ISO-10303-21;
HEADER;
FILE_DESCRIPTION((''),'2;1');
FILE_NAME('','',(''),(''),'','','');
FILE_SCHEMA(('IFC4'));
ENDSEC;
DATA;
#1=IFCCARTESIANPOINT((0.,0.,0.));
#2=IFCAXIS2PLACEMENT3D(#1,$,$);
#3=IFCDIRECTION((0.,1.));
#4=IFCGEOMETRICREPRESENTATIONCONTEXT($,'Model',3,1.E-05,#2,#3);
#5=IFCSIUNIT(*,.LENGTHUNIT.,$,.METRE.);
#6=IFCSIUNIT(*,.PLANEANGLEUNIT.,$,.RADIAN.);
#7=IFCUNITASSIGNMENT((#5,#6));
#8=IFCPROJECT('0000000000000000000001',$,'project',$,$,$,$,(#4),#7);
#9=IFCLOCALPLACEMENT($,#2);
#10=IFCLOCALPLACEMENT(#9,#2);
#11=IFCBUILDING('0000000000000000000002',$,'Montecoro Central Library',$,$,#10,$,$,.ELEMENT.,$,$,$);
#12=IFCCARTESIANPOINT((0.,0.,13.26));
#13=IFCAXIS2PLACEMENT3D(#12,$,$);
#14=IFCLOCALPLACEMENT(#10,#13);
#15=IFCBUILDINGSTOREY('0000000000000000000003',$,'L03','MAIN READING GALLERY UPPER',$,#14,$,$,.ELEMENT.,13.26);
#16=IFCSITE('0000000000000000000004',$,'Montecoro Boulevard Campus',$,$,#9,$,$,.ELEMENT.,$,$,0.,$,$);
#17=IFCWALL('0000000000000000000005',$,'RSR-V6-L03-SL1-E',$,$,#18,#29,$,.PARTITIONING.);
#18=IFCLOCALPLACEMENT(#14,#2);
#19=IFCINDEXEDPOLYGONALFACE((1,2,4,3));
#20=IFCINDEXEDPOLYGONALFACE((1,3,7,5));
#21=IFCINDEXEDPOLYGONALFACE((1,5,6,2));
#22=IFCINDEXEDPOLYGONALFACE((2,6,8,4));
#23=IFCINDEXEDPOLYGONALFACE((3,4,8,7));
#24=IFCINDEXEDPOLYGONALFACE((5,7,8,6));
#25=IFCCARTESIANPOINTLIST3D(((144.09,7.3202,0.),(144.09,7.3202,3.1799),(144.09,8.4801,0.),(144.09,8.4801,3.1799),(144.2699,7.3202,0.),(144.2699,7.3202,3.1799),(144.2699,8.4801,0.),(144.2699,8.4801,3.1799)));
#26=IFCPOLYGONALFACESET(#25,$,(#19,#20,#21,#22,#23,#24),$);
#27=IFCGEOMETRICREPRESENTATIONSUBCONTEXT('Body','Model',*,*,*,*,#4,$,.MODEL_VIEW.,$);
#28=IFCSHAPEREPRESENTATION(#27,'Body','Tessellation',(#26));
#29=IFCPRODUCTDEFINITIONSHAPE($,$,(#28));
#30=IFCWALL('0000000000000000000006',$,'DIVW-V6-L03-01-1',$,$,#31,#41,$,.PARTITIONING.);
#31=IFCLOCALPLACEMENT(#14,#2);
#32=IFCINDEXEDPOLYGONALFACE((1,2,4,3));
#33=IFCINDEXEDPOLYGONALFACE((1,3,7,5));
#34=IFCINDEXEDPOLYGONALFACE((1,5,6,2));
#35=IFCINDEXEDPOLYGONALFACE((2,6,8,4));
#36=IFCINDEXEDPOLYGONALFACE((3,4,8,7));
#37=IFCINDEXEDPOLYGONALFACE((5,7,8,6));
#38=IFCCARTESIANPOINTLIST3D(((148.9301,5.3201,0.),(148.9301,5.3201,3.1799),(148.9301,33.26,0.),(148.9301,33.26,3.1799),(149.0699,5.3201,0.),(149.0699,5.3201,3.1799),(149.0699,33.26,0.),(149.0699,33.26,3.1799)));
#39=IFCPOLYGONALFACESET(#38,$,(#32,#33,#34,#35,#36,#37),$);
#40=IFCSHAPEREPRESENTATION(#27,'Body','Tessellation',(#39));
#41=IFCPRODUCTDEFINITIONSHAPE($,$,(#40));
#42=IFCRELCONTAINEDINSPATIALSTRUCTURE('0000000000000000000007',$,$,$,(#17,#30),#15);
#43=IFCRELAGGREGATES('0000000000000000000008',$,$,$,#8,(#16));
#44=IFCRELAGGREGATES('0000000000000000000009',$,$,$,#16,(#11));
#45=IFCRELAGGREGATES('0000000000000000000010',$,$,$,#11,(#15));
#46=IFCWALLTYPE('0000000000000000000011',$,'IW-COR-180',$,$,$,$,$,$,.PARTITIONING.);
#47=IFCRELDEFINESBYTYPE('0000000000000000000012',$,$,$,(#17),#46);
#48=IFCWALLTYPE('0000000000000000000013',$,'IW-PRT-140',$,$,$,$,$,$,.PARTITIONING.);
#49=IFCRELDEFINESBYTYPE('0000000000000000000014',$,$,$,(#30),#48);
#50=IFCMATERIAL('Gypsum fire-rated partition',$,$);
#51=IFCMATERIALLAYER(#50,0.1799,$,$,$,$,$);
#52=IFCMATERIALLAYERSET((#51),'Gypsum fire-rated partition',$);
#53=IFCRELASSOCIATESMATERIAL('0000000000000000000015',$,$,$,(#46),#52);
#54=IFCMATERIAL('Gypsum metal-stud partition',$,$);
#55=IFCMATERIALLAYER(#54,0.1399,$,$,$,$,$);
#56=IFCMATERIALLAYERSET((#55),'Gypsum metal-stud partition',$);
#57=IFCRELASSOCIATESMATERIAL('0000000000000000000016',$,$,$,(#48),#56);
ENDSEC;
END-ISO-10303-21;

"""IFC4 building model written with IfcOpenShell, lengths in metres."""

from ifc_helpers import new_model, si_unit, direction, frame, frame_2d, origin, place, context, subcontext, project, spatial, rectangle, extrude, material, layer, layer_set, type_object, element, save


model = new_model("IFC4")

# Units and contexts
model_context = context("Model", 3, precision=1e-05, world=origin(), true_north=direction((0.0, 1.0)))
body_context = subcontext(model_context, "Body", "Model", "MODEL_VIEW")
ifc_project = project(units=[si_unit("LENGTHUNIT", "METRE"), si_unit("PLANEANGLEUNIT", "RADIAN")], contexts=[model_context])

# Site, building, storey
site_placement = place(None, origin())
site = spatial("IfcSite", under=ifc_project, at=site_placement, Name="Montecoro Boulevard Campus", CompositionType="ELEMENT", RefElevation=0.0)
building_placement = place(site_placement, origin())
building = spatial("IfcBuilding", under=site, at=building_placement, Name="Montecoro Central Library", CompositionType="ELEMENT")
storey_placement = place(building_placement, frame((0.0, 0.0, 13.26)))
storey = spatial("IfcBuildingStorey", under=building, at=storey_placement, Name="L03", Description="MAIN READING GALLERY UPPER", CompositionType="ELEMENT", Elevation=13.26)

# Walls
ifc_material_1 = material(Name="Gypsum fire-rated partition")
ifc_layer_1 = layer(ifc_material_1, 0.1799)
ifc_layer_set_1 = layer_set([ifc_layer_1], Name="Gypsum fire-rated partition")
wall_type_1 = type_object("IfcWallType", Name="IW-COR-180", PredefinedType="PARTITIONING", material=ifc_layer_set_1)
for number, where, z_axis, x_axis, name in (
    (1, (144.1799, 7.3201, 0.0), (0.0, 0.0, 1.0), (0.0, 1.0, 0.0), "RSR-V6-L03-SL1-E"),
):
    element("IfcWall", number, at=place(storey_placement, frame(where, z_axis=z_axis, x_axis=x_axis)), inside=storey, type_object=wall_type_1, Name=name, PredefinedType="PARTITIONING", context=body_context, shape_type="SweptSolid", body=[
        extrude(rectangle(XDim=1.1599, YDim=0.1799, at=frame_2d((0.5801, 0.0))), origin(), (0.0, 0.0, 1.0), 3.1799),
    ])
ifc_material_2 = material(Name="Gypsum metal-stud partition")
ifc_layer_2 = layer(ifc_material_2, 0.1399)
ifc_layer_set_2 = layer_set([ifc_layer_2], Name="Gypsum metal-stud partition")
wall_type_2 = type_object("IfcWallType", Name="IW-PRT-140", PredefinedType="PARTITIONING", material=ifc_layer_set_2)
wall_placement = place(storey_placement, frame((149.0, 5.3201, 0.0), z_axis=(0.0, 0.0, 1.0), x_axis=(0.0, 1.0, 0.0)))
element("IfcWall", 2, at=wall_placement, inside=storey, type_object=wall_type_2, Name="DIVW-V6-L03-01-1", PredefinedType="PARTITIONING", context=body_context, shape_type="SweptSolid", body=[
    extrude(rectangle(XDim=27.9399, YDim=0.1399, at=frame_2d((13.97, 0.0))), origin(), (0.0, 0.0, 1.0), 3.1799),
])

save(model, "model.ifc")
